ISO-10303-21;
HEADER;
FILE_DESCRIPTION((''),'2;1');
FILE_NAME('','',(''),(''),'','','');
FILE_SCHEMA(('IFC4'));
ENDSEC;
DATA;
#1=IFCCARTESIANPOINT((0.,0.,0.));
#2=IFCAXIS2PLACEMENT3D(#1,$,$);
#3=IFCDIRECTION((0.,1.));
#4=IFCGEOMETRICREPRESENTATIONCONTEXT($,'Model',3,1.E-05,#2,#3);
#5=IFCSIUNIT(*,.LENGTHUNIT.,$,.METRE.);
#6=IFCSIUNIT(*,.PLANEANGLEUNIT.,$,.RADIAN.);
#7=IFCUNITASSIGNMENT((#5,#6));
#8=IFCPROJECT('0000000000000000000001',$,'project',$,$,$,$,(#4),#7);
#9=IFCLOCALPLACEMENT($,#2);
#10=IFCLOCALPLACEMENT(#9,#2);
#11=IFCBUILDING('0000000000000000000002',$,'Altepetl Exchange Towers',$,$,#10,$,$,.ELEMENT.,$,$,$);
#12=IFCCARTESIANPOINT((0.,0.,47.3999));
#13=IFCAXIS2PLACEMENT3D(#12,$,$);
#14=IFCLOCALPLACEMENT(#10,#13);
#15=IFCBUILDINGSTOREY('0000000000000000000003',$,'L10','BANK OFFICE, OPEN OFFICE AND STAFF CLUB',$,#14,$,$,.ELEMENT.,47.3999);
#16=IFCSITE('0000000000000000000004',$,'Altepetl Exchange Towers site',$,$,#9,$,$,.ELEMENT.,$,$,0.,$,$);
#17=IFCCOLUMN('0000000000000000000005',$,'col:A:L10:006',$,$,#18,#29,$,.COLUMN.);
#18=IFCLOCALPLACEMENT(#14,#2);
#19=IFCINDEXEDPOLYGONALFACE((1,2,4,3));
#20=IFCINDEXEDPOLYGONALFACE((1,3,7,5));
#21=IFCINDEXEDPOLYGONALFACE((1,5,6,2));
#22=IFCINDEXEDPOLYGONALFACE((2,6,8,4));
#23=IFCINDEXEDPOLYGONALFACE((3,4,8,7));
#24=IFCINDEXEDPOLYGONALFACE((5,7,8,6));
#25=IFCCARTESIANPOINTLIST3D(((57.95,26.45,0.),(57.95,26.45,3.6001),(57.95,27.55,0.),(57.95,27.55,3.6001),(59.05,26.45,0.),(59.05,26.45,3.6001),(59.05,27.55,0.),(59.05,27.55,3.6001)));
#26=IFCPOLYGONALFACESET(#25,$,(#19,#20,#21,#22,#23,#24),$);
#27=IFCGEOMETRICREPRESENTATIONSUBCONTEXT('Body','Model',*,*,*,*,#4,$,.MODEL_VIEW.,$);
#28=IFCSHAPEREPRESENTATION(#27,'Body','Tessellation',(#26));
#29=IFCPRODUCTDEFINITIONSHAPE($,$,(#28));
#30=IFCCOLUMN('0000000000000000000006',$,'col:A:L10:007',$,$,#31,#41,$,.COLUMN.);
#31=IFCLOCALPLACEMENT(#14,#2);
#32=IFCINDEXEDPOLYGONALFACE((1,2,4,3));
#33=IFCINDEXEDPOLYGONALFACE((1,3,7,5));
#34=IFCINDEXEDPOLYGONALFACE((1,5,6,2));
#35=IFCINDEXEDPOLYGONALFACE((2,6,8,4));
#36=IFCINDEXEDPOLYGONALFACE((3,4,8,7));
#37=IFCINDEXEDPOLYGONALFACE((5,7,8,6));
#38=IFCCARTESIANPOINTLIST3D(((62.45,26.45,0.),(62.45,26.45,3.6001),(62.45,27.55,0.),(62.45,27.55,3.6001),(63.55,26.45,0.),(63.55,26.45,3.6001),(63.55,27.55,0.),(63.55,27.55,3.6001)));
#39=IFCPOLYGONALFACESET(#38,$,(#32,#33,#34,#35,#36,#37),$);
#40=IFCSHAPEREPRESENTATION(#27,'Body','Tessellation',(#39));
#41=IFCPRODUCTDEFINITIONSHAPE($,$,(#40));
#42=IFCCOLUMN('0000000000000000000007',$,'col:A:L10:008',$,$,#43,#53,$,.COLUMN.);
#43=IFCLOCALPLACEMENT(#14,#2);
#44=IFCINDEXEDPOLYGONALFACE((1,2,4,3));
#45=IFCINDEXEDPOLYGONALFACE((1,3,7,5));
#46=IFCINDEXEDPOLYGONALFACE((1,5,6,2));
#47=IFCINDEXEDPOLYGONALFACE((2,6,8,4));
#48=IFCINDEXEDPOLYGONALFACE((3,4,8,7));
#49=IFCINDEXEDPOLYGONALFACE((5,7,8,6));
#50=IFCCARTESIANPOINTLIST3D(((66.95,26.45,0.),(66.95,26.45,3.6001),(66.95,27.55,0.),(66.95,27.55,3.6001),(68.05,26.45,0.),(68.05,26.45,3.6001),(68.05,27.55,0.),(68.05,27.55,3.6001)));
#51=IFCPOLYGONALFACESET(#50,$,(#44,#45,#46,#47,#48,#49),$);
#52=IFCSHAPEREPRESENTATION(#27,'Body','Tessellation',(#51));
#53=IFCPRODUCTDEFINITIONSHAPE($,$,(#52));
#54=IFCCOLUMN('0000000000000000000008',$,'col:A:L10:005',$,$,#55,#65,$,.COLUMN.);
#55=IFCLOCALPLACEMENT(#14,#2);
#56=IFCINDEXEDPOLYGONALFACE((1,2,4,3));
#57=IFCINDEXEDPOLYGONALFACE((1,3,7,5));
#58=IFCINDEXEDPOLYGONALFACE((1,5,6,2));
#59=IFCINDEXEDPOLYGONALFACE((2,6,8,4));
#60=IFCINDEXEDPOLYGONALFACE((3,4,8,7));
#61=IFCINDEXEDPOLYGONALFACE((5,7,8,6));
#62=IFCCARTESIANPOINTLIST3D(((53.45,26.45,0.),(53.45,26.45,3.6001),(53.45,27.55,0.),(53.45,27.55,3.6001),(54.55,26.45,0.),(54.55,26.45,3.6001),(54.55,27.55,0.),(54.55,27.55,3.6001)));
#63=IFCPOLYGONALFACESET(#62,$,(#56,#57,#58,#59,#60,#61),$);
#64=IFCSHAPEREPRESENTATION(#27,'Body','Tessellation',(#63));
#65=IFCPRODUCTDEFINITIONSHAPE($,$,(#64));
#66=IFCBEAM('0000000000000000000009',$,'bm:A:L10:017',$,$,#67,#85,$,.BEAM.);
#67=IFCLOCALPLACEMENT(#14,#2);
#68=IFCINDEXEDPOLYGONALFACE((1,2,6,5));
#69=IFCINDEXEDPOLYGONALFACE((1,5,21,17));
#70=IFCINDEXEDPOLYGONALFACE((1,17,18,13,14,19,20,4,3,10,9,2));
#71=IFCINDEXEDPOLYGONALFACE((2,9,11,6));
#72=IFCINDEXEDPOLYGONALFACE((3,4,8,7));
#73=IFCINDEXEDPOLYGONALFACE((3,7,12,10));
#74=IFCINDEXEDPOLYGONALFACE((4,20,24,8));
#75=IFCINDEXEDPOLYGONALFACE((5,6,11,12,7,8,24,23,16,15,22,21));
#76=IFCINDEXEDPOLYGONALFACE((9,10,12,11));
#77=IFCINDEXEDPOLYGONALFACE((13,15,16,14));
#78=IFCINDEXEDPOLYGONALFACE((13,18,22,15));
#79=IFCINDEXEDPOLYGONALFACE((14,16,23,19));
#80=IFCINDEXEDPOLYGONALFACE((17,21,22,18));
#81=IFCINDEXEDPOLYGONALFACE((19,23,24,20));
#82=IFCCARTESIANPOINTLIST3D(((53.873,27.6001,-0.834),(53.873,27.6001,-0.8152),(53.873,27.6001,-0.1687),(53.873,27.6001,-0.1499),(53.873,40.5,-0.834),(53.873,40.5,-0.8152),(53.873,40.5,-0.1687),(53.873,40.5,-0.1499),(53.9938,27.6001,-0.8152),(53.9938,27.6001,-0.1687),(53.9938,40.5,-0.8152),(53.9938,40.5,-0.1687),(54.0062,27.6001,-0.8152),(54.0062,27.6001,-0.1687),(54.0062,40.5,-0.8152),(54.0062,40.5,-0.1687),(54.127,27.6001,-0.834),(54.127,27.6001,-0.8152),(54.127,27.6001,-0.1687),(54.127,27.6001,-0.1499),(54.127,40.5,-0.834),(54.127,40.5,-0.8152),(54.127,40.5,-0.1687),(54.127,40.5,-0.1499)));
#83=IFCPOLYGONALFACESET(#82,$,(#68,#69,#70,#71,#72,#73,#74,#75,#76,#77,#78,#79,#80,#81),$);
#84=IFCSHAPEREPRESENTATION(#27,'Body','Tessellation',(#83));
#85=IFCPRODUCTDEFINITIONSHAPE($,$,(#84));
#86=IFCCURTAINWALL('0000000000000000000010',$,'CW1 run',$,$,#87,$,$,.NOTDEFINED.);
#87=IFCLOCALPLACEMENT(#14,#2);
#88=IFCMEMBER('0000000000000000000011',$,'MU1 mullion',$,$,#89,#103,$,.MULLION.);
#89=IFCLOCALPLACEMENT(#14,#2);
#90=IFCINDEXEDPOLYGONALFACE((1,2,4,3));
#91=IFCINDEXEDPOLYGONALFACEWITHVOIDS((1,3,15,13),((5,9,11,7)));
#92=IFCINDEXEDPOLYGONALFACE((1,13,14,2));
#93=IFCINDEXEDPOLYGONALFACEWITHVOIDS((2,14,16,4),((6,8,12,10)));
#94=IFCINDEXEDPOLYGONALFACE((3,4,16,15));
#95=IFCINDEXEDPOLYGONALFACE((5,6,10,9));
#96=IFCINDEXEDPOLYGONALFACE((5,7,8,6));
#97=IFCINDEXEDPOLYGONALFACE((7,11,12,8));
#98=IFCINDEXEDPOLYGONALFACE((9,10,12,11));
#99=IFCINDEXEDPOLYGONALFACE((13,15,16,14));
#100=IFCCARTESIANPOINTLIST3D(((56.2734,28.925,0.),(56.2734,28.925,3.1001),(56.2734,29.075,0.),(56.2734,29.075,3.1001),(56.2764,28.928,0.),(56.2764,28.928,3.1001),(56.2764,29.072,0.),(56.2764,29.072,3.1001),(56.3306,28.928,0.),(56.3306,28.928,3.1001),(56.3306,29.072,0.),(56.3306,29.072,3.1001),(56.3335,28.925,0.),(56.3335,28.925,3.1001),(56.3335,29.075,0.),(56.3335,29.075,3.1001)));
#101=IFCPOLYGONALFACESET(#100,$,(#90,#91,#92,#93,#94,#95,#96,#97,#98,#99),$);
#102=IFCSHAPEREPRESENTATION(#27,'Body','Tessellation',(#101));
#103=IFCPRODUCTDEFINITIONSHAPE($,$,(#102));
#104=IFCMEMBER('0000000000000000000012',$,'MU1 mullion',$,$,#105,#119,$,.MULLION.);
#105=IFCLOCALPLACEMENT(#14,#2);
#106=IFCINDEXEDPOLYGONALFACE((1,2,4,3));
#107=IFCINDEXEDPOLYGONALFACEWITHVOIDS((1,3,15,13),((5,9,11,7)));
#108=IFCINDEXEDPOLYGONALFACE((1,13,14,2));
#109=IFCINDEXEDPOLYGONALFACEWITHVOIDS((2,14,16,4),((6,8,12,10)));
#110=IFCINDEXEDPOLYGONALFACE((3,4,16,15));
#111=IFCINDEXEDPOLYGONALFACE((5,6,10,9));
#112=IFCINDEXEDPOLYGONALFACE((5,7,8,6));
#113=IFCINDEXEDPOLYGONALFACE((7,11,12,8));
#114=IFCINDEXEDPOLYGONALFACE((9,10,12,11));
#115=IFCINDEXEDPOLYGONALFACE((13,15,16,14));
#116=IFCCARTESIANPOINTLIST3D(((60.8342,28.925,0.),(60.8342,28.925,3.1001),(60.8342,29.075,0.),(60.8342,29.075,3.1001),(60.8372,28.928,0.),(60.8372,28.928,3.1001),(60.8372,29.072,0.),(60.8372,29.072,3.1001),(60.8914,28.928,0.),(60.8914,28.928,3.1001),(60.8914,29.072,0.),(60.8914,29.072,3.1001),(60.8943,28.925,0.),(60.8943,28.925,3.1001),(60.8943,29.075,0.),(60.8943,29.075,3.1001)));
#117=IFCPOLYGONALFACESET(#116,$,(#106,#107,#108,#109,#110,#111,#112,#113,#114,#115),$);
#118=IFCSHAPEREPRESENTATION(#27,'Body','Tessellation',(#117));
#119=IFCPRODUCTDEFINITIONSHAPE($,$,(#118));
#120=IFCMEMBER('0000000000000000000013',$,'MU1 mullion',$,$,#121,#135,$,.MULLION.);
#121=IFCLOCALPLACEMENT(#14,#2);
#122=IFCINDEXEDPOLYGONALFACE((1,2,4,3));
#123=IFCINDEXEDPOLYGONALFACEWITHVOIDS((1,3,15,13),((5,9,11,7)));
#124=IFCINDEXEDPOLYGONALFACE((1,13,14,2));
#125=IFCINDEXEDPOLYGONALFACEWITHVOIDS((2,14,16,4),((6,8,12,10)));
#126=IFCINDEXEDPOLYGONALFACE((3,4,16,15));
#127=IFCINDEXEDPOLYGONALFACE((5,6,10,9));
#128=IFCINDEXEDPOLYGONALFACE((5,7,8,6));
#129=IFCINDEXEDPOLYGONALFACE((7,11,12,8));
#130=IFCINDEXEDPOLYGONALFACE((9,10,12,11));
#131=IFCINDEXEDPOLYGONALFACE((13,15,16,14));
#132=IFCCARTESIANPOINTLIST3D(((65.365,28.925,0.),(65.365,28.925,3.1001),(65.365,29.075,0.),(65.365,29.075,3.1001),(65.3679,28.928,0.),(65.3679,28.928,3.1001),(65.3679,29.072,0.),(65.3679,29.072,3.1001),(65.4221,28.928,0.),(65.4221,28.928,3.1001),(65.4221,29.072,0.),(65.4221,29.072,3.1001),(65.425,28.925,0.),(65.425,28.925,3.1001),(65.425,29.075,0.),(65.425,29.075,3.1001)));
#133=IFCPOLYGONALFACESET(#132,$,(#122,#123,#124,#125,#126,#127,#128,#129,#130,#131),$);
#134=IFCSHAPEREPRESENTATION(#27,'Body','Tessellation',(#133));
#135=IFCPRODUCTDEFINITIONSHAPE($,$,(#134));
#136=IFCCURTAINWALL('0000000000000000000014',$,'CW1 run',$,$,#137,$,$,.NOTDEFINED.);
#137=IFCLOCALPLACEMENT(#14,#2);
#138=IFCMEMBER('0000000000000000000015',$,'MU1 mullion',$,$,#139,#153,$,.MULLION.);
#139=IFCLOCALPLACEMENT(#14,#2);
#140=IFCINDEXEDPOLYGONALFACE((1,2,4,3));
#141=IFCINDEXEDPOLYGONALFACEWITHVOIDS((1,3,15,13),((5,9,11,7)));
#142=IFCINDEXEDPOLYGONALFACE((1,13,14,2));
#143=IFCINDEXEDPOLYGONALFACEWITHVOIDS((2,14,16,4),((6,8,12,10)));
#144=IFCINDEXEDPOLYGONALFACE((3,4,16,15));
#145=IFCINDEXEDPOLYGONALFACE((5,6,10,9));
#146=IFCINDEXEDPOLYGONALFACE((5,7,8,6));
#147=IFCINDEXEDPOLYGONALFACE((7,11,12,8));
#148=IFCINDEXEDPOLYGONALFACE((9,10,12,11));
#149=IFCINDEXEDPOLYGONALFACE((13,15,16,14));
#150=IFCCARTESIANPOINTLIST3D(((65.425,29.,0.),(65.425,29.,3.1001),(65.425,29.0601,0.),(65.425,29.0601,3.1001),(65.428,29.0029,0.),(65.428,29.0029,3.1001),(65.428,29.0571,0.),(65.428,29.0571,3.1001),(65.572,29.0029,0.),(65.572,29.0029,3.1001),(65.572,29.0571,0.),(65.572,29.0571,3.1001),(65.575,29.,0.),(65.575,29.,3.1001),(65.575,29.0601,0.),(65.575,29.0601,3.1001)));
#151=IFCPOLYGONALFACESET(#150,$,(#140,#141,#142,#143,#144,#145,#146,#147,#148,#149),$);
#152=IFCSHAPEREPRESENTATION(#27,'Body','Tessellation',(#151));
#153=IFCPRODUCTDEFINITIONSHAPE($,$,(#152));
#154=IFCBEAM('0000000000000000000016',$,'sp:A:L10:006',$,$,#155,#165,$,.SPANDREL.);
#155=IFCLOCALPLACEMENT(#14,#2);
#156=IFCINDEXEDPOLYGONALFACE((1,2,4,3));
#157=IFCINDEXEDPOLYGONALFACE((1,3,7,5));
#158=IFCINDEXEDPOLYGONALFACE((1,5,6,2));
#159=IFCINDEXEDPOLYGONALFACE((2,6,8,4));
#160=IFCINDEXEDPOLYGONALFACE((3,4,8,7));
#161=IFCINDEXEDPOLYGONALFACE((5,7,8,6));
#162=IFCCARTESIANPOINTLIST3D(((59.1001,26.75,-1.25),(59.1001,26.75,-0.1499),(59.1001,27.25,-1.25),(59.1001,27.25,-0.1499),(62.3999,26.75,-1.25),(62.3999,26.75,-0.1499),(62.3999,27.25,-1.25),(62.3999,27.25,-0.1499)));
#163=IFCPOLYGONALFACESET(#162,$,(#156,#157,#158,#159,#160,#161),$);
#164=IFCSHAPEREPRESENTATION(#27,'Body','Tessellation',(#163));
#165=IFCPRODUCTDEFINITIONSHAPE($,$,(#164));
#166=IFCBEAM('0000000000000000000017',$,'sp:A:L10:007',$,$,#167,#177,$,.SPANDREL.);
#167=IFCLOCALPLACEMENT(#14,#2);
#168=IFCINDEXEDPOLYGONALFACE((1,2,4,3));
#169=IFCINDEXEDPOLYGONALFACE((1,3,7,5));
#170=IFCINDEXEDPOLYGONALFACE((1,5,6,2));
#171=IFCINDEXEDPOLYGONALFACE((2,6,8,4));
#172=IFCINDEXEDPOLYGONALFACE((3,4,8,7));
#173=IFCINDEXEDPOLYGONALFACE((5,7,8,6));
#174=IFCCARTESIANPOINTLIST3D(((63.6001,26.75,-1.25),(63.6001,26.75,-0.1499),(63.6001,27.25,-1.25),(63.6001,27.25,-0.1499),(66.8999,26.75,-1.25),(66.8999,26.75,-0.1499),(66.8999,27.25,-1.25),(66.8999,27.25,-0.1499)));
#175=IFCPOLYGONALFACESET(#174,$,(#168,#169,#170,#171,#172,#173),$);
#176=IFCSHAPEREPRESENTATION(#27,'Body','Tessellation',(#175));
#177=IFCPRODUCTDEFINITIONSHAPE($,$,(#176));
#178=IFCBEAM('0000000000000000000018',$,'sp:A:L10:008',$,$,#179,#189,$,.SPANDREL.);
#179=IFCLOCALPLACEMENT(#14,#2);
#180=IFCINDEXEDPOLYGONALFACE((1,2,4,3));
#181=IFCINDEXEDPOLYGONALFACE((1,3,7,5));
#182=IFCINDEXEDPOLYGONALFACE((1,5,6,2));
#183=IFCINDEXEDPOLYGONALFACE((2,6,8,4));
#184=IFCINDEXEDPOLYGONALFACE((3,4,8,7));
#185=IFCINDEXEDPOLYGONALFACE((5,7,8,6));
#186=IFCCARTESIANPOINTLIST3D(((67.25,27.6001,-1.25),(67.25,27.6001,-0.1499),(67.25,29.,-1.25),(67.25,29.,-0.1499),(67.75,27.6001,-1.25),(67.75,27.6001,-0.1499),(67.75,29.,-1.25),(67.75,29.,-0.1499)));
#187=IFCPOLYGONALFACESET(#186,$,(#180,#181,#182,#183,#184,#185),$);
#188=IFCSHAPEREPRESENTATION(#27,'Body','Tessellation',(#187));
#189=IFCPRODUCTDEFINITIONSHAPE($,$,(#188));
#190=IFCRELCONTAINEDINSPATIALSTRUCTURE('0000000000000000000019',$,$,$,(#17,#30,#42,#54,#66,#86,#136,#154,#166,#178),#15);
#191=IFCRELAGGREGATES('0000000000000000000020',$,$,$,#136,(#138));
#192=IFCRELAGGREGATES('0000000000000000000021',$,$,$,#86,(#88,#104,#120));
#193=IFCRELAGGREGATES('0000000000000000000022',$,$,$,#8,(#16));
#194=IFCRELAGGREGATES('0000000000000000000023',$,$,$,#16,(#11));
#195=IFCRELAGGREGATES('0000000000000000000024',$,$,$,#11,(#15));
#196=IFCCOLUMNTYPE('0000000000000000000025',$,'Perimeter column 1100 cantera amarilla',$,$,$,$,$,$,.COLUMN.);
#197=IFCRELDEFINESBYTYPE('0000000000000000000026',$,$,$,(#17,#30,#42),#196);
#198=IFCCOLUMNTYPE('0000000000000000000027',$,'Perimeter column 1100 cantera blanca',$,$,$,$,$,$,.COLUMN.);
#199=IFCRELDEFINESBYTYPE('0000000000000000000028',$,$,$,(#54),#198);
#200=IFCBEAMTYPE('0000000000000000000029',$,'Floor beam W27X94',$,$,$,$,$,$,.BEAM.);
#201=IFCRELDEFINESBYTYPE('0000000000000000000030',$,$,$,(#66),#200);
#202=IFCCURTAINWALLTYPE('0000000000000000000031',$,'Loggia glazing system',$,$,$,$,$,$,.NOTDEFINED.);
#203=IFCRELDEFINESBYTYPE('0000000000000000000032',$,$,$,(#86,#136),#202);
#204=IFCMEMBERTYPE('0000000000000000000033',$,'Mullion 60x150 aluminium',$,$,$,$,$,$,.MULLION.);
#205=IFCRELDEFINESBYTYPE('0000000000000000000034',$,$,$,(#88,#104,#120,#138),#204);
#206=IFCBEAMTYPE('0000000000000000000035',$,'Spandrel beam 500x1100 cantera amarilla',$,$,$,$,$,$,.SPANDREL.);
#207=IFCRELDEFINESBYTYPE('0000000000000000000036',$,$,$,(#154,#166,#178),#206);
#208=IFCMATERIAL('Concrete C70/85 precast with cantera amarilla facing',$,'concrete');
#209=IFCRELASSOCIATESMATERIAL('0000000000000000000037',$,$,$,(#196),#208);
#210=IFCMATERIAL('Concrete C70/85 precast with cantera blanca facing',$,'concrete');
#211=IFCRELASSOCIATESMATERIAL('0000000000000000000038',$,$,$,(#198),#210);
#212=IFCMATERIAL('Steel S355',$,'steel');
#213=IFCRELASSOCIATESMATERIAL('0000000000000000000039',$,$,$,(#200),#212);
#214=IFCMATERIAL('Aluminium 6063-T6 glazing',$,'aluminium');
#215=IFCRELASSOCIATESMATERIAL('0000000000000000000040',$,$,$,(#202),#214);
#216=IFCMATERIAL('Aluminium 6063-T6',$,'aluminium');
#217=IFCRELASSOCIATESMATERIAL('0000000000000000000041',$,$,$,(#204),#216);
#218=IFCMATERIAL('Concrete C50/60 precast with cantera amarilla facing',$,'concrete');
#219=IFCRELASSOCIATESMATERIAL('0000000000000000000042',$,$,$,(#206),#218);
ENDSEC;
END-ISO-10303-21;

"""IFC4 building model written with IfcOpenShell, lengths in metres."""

from ifc_helpers import new_model, si_unit, direction, frame, origin, origin_2d, place, context, subcontext, project, spatial, rectangle, hollow_rectangle, i_section, extrude, material, material_profile, profile_set, type_object, element, aggregate, save


model = new_model("IFC4")

# Units and contexts
model_context = context("Model", 3, precision=1e-05, world=origin(), true_north=direction((0.0, 1.0)))
body_context = subcontext(model_context, "Body", "Model", "MODEL_VIEW")
ifc_project = project(units=[si_unit("LENGTHUNIT", "METRE"), si_unit("PLANEANGLEUNIT", "RADIAN")], contexts=[model_context])

# Site, building, storey
site_placement = place(None, origin())
site = spatial("IfcSite", under=ifc_project, at=site_placement, Name="Altepetl Exchange Towers site", CompositionType="ELEMENT", RefElevation=0.0)
building_placement = place(site_placement, origin())
building = spatial("IfcBuilding", under=site, at=building_placement, Name="Altepetl Exchange Towers", CompositionType="ELEMENT")
storey_placement = place(building_placement, frame((0.0, 0.0, 47.3999)))
storey = spatial("IfcBuildingStorey", under=building, at=storey_placement, Name="L10", Description="BANK OFFICE, OPEN OFFICE AND STAFF CLUB", CompositionType="ELEMENT", Elevation=47.3999)

# Columns
ifc_material_1 = material(Name="Concrete C70/85 precast with cantera amarilla facing", Category="concrete")
ifc_material_profile_1 = material_profile(ifc_material_1, rectangle(XDim=1.1001, YDim=1.1001, at=origin_2d()), Name="1100 x 1100")
ifc_profile_set_1 = profile_set([ifc_material_profile_1], Name="Concrete C70/85 precast with cantera amarilla facing")
column_type_1 = type_object("IfcColumnType", Name="Perimeter column 1100 cantera amarilla", PredefinedType="COLUMN", material=ifc_profile_set_1)
for number, where, name in (
    (1, (58.5, 27.0, 0.0), "col:A:L10:006"),
    (2, (63.0, 27.0, 0.0), "col:A:L10:007"),
    (3, (67.5, 27.0, 0.0), "col:A:L10:008"),
):
    element("IfcColumn", number, at=place(storey_placement, frame(where)), inside=storey, type_object=column_type_1, Name=name, PredefinedType="COLUMN", context=body_context, shape_type="SweptSolid", body=[
        extrude(rectangle(XDim=1.1001, YDim=1.1001, at=origin_2d()), origin(), (0.0, 0.0, 1.0), 3.6001),
    ])
ifc_material_2 = material(Name="Concrete C70/85 precast with cantera blanca facing", Category="concrete")
ifc_material_profile_2 = material_profile(ifc_material_2, rectangle(XDim=1.1001, YDim=1.1001, at=origin_2d()), Name="1100 x 1100")
ifc_profile_set_2 = profile_set([ifc_material_profile_2], Name="Concrete C70/85 precast with cantera blanca facing")
column_type_2 = type_object("IfcColumnType", Name="Perimeter column 1100 cantera blanca", PredefinedType="COLUMN", material=ifc_profile_set_2)
column_placement = place(storey_placement, frame((54.0, 27.0, 0.0)))
element("IfcColumn", 4, at=column_placement, inside=storey, type_object=column_type_2, Name="col:A:L10:005", PredefinedType="COLUMN", context=body_context, shape_type="SweptSolid", body=[
    extrude(rectangle(XDim=1.1001, YDim=1.1001, at=origin_2d()), origin(), (0.0, 0.0, 1.0), 3.6001),
])

# Beam
ifc_material_3 = material(Name="Steel S355", Category="steel")
ifc_material_profile_3 = material_profile(ifc_material_3, i_section(OverallWidth=0.2539, OverallDepth=0.6841, WebThickness=0.0125, FlangeThickness=0.0188, at=origin_2d()), Name="W27X94")
ifc_profile_set_3 = profile_set([ifc_material_profile_3], Name="Steel S355")
beam_type_1 = type_object("IfcBeamType", Name="Floor beam W27X94", PredefinedType="BEAM", material=ifc_profile_set_3)
beam_1_placement = place(storey_placement, frame((54.0, 27.6001, -0.4919), z_axis=(0.0, 1.0, 0.0), x_axis=(-1.0, 0.0, 0.0)))
element("IfcBeam", 5, at=beam_1_placement, inside=storey, type_object=beam_type_1, Name="bm:A:L10:017", PredefinedType="BEAM", context=body_context, shape_type="SweptSolid", body=[
    extrude(i_section(OverallWidth=0.2539, OverallDepth=0.6841, WebThickness=0.0125, FlangeThickness=0.0188, at=origin_2d()), origin(), (0.0, 0.0, 1.0), 12.8999),
])

# Curtain wall, members
ifc_material_4 = material(Name="Aluminium 6063-T6 glazing", Category="aluminium")
curtain_wall_type = type_object("IfcCurtainWallType", Name="Loggia glazing system", PredefinedType="NOTDEFINED", material=ifc_material_4)
curtain_wall_1_placement = place(storey_placement, origin())
curtain_wall_1 = element("IfcCurtainWall", 6, at=curtain_wall_1_placement, inside=storey, type_object=curtain_wall_type, Name="CW1 run", PredefinedType="NOTDEFINED")
ifc_material_5 = material(Name="Aluminium 6063-T6", Category="aluminium")
ifc_material_profile_4 = material_profile(ifc_material_5, hollow_rectangle(XDim=0.0601, YDim=0.1499, WallThickness=0.0029, at=origin_2d()), Name="Mullion 60x150 aluminium")
ifc_profile_set_4 = profile_set([ifc_material_profile_4], Name="Aluminium 6063-T6")
member_type = type_object("IfcMemberType", Name="Mullion 60x150 aluminium", PredefinedType="MULLION", material=ifc_profile_set_4)
member_1_placement = place(storey_placement, frame((56.3035, 29.0, 0.0)))
member_1 = element("IfcMember", 7, at=member_1_placement, type_object=member_type, Name="MU1 mullion", PredefinedType="MULLION", context=body_context, shape_type="SweptSolid", body=[
    extrude(hollow_rectangle(XDim=0.0601, YDim=0.1499, WallThickness=0.0029, at=origin_2d()), origin(), (0.0, 0.0, 1.0), 3.1001),
])
member_2_placement = place(storey_placement, frame((60.8643, 29.0, 0.0)))
member_2 = element("IfcMember", 8, at=member_2_placement, type_object=member_type, Name="MU1 mullion", PredefinedType="MULLION", context=body_context, shape_type="SweptSolid", body=[
    extrude(hollow_rectangle(XDim=0.0601, YDim=0.1499, WallThickness=0.0029, at=origin_2d()), origin(), (0.0, 0.0, 1.0), 3.1001),
])
member_3_placement = place(storey_placement, frame((65.395, 29.0, 0.0)))
member_3 = element("IfcMember", 9, at=member_3_placement, type_object=member_type, Name="MU1 mullion", PredefinedType="MULLION", context=body_context, shape_type="SweptSolid", body=[
    extrude(hollow_rectangle(XDim=0.0601, YDim=0.1499, WallThickness=0.0029, at=origin_2d()), origin(), (0.0, 0.0, 1.0), 3.1001),
])

# Curtain wall, member
curtain_wall_2_placement = place(storey_placement, origin())
curtain_wall_2 = element("IfcCurtainWall", 10, at=curtain_wall_2_placement, inside=storey, type_object=curtain_wall_type, Name="CW1 run", PredefinedType="NOTDEFINED")
member_4_placement = place(storey_placement, frame((65.5, 29.03, 0.0), z_axis=(0.0, 0.0, 1.0), x_axis=(0.0, 1.0, 0.0)))
member_4 = element("IfcMember", 11, at=member_4_placement, type_object=member_type, Name="MU1 mullion", PredefinedType="MULLION", context=body_context, shape_type="SweptSolid", body=[
    extrude(hollow_rectangle(XDim=0.0601, YDim=0.1499, WallThickness=0.0029, at=origin_2d()), origin(), (0.0, 0.0, 1.0), 3.1001),
])
aggregate(curtain_wall_2, [member_4])

# Beams
ifc_material_6 = material(Name="Concrete C50/60 precast with cantera amarilla facing", Category="concrete")
ifc_material_profile_5 = material_profile(ifc_material_6, rectangle(XDim=0.5, YDim=1.1001, at=origin_2d()), Name="500 x 1100")
ifc_profile_set_5 = profile_set([ifc_material_profile_5], Name="Concrete C50/60 precast with cantera amarilla facing")
beam_type_2 = type_object("IfcBeamType", Name="Spandrel beam 500x1100 cantera amarilla", PredefinedType="SPANDREL", material=ifc_profile_set_5)
for number, where, z_axis, x_axis, name in (
    (12, (59.1001, 27.0, -0.7), (1.0, 0.0, 0.0), (0.0, 1.0, 0.0), "sp:A:L10:006"),
    (13, (63.6001, 27.0, -0.7), (1.0, 0.0, 0.0), (0.0, 1.0, 0.0), "sp:A:L10:007"),
):
    element("IfcBeam", number, at=place(storey_placement, frame(where, z_axis=z_axis, x_axis=x_axis)), inside=storey, type_object=beam_type_2, Name=name, PredefinedType="SPANDREL", context=body_context, shape_type="SweptSolid", body=[
        extrude(rectangle(XDim=0.5, YDim=1.1001, at=origin_2d()), origin(), (0.0, 0.0, 1.0), 3.2998),
    ])
beam_2_placement = place(storey_placement, frame((67.5, 27.6001, -0.7), z_axis=(0.0, 1.0, 0.0), x_axis=(-1.0, 0.0, 0.0)))
element("IfcBeam", 14, at=beam_2_placement, inside=storey, type_object=beam_type_2, Name="sp:A:L10:008", PredefinedType="SPANDREL", context=body_context, shape_type="SweptSolid", body=[
    extrude(rectangle(XDim=0.5, YDim=1.1001, at=origin_2d()), origin(), (0.0, 0.0, 1.0), 1.3999),
])

aggregate(curtain_wall_1, [member_1, member_2, member_3])

save(model, "model.ifc")
